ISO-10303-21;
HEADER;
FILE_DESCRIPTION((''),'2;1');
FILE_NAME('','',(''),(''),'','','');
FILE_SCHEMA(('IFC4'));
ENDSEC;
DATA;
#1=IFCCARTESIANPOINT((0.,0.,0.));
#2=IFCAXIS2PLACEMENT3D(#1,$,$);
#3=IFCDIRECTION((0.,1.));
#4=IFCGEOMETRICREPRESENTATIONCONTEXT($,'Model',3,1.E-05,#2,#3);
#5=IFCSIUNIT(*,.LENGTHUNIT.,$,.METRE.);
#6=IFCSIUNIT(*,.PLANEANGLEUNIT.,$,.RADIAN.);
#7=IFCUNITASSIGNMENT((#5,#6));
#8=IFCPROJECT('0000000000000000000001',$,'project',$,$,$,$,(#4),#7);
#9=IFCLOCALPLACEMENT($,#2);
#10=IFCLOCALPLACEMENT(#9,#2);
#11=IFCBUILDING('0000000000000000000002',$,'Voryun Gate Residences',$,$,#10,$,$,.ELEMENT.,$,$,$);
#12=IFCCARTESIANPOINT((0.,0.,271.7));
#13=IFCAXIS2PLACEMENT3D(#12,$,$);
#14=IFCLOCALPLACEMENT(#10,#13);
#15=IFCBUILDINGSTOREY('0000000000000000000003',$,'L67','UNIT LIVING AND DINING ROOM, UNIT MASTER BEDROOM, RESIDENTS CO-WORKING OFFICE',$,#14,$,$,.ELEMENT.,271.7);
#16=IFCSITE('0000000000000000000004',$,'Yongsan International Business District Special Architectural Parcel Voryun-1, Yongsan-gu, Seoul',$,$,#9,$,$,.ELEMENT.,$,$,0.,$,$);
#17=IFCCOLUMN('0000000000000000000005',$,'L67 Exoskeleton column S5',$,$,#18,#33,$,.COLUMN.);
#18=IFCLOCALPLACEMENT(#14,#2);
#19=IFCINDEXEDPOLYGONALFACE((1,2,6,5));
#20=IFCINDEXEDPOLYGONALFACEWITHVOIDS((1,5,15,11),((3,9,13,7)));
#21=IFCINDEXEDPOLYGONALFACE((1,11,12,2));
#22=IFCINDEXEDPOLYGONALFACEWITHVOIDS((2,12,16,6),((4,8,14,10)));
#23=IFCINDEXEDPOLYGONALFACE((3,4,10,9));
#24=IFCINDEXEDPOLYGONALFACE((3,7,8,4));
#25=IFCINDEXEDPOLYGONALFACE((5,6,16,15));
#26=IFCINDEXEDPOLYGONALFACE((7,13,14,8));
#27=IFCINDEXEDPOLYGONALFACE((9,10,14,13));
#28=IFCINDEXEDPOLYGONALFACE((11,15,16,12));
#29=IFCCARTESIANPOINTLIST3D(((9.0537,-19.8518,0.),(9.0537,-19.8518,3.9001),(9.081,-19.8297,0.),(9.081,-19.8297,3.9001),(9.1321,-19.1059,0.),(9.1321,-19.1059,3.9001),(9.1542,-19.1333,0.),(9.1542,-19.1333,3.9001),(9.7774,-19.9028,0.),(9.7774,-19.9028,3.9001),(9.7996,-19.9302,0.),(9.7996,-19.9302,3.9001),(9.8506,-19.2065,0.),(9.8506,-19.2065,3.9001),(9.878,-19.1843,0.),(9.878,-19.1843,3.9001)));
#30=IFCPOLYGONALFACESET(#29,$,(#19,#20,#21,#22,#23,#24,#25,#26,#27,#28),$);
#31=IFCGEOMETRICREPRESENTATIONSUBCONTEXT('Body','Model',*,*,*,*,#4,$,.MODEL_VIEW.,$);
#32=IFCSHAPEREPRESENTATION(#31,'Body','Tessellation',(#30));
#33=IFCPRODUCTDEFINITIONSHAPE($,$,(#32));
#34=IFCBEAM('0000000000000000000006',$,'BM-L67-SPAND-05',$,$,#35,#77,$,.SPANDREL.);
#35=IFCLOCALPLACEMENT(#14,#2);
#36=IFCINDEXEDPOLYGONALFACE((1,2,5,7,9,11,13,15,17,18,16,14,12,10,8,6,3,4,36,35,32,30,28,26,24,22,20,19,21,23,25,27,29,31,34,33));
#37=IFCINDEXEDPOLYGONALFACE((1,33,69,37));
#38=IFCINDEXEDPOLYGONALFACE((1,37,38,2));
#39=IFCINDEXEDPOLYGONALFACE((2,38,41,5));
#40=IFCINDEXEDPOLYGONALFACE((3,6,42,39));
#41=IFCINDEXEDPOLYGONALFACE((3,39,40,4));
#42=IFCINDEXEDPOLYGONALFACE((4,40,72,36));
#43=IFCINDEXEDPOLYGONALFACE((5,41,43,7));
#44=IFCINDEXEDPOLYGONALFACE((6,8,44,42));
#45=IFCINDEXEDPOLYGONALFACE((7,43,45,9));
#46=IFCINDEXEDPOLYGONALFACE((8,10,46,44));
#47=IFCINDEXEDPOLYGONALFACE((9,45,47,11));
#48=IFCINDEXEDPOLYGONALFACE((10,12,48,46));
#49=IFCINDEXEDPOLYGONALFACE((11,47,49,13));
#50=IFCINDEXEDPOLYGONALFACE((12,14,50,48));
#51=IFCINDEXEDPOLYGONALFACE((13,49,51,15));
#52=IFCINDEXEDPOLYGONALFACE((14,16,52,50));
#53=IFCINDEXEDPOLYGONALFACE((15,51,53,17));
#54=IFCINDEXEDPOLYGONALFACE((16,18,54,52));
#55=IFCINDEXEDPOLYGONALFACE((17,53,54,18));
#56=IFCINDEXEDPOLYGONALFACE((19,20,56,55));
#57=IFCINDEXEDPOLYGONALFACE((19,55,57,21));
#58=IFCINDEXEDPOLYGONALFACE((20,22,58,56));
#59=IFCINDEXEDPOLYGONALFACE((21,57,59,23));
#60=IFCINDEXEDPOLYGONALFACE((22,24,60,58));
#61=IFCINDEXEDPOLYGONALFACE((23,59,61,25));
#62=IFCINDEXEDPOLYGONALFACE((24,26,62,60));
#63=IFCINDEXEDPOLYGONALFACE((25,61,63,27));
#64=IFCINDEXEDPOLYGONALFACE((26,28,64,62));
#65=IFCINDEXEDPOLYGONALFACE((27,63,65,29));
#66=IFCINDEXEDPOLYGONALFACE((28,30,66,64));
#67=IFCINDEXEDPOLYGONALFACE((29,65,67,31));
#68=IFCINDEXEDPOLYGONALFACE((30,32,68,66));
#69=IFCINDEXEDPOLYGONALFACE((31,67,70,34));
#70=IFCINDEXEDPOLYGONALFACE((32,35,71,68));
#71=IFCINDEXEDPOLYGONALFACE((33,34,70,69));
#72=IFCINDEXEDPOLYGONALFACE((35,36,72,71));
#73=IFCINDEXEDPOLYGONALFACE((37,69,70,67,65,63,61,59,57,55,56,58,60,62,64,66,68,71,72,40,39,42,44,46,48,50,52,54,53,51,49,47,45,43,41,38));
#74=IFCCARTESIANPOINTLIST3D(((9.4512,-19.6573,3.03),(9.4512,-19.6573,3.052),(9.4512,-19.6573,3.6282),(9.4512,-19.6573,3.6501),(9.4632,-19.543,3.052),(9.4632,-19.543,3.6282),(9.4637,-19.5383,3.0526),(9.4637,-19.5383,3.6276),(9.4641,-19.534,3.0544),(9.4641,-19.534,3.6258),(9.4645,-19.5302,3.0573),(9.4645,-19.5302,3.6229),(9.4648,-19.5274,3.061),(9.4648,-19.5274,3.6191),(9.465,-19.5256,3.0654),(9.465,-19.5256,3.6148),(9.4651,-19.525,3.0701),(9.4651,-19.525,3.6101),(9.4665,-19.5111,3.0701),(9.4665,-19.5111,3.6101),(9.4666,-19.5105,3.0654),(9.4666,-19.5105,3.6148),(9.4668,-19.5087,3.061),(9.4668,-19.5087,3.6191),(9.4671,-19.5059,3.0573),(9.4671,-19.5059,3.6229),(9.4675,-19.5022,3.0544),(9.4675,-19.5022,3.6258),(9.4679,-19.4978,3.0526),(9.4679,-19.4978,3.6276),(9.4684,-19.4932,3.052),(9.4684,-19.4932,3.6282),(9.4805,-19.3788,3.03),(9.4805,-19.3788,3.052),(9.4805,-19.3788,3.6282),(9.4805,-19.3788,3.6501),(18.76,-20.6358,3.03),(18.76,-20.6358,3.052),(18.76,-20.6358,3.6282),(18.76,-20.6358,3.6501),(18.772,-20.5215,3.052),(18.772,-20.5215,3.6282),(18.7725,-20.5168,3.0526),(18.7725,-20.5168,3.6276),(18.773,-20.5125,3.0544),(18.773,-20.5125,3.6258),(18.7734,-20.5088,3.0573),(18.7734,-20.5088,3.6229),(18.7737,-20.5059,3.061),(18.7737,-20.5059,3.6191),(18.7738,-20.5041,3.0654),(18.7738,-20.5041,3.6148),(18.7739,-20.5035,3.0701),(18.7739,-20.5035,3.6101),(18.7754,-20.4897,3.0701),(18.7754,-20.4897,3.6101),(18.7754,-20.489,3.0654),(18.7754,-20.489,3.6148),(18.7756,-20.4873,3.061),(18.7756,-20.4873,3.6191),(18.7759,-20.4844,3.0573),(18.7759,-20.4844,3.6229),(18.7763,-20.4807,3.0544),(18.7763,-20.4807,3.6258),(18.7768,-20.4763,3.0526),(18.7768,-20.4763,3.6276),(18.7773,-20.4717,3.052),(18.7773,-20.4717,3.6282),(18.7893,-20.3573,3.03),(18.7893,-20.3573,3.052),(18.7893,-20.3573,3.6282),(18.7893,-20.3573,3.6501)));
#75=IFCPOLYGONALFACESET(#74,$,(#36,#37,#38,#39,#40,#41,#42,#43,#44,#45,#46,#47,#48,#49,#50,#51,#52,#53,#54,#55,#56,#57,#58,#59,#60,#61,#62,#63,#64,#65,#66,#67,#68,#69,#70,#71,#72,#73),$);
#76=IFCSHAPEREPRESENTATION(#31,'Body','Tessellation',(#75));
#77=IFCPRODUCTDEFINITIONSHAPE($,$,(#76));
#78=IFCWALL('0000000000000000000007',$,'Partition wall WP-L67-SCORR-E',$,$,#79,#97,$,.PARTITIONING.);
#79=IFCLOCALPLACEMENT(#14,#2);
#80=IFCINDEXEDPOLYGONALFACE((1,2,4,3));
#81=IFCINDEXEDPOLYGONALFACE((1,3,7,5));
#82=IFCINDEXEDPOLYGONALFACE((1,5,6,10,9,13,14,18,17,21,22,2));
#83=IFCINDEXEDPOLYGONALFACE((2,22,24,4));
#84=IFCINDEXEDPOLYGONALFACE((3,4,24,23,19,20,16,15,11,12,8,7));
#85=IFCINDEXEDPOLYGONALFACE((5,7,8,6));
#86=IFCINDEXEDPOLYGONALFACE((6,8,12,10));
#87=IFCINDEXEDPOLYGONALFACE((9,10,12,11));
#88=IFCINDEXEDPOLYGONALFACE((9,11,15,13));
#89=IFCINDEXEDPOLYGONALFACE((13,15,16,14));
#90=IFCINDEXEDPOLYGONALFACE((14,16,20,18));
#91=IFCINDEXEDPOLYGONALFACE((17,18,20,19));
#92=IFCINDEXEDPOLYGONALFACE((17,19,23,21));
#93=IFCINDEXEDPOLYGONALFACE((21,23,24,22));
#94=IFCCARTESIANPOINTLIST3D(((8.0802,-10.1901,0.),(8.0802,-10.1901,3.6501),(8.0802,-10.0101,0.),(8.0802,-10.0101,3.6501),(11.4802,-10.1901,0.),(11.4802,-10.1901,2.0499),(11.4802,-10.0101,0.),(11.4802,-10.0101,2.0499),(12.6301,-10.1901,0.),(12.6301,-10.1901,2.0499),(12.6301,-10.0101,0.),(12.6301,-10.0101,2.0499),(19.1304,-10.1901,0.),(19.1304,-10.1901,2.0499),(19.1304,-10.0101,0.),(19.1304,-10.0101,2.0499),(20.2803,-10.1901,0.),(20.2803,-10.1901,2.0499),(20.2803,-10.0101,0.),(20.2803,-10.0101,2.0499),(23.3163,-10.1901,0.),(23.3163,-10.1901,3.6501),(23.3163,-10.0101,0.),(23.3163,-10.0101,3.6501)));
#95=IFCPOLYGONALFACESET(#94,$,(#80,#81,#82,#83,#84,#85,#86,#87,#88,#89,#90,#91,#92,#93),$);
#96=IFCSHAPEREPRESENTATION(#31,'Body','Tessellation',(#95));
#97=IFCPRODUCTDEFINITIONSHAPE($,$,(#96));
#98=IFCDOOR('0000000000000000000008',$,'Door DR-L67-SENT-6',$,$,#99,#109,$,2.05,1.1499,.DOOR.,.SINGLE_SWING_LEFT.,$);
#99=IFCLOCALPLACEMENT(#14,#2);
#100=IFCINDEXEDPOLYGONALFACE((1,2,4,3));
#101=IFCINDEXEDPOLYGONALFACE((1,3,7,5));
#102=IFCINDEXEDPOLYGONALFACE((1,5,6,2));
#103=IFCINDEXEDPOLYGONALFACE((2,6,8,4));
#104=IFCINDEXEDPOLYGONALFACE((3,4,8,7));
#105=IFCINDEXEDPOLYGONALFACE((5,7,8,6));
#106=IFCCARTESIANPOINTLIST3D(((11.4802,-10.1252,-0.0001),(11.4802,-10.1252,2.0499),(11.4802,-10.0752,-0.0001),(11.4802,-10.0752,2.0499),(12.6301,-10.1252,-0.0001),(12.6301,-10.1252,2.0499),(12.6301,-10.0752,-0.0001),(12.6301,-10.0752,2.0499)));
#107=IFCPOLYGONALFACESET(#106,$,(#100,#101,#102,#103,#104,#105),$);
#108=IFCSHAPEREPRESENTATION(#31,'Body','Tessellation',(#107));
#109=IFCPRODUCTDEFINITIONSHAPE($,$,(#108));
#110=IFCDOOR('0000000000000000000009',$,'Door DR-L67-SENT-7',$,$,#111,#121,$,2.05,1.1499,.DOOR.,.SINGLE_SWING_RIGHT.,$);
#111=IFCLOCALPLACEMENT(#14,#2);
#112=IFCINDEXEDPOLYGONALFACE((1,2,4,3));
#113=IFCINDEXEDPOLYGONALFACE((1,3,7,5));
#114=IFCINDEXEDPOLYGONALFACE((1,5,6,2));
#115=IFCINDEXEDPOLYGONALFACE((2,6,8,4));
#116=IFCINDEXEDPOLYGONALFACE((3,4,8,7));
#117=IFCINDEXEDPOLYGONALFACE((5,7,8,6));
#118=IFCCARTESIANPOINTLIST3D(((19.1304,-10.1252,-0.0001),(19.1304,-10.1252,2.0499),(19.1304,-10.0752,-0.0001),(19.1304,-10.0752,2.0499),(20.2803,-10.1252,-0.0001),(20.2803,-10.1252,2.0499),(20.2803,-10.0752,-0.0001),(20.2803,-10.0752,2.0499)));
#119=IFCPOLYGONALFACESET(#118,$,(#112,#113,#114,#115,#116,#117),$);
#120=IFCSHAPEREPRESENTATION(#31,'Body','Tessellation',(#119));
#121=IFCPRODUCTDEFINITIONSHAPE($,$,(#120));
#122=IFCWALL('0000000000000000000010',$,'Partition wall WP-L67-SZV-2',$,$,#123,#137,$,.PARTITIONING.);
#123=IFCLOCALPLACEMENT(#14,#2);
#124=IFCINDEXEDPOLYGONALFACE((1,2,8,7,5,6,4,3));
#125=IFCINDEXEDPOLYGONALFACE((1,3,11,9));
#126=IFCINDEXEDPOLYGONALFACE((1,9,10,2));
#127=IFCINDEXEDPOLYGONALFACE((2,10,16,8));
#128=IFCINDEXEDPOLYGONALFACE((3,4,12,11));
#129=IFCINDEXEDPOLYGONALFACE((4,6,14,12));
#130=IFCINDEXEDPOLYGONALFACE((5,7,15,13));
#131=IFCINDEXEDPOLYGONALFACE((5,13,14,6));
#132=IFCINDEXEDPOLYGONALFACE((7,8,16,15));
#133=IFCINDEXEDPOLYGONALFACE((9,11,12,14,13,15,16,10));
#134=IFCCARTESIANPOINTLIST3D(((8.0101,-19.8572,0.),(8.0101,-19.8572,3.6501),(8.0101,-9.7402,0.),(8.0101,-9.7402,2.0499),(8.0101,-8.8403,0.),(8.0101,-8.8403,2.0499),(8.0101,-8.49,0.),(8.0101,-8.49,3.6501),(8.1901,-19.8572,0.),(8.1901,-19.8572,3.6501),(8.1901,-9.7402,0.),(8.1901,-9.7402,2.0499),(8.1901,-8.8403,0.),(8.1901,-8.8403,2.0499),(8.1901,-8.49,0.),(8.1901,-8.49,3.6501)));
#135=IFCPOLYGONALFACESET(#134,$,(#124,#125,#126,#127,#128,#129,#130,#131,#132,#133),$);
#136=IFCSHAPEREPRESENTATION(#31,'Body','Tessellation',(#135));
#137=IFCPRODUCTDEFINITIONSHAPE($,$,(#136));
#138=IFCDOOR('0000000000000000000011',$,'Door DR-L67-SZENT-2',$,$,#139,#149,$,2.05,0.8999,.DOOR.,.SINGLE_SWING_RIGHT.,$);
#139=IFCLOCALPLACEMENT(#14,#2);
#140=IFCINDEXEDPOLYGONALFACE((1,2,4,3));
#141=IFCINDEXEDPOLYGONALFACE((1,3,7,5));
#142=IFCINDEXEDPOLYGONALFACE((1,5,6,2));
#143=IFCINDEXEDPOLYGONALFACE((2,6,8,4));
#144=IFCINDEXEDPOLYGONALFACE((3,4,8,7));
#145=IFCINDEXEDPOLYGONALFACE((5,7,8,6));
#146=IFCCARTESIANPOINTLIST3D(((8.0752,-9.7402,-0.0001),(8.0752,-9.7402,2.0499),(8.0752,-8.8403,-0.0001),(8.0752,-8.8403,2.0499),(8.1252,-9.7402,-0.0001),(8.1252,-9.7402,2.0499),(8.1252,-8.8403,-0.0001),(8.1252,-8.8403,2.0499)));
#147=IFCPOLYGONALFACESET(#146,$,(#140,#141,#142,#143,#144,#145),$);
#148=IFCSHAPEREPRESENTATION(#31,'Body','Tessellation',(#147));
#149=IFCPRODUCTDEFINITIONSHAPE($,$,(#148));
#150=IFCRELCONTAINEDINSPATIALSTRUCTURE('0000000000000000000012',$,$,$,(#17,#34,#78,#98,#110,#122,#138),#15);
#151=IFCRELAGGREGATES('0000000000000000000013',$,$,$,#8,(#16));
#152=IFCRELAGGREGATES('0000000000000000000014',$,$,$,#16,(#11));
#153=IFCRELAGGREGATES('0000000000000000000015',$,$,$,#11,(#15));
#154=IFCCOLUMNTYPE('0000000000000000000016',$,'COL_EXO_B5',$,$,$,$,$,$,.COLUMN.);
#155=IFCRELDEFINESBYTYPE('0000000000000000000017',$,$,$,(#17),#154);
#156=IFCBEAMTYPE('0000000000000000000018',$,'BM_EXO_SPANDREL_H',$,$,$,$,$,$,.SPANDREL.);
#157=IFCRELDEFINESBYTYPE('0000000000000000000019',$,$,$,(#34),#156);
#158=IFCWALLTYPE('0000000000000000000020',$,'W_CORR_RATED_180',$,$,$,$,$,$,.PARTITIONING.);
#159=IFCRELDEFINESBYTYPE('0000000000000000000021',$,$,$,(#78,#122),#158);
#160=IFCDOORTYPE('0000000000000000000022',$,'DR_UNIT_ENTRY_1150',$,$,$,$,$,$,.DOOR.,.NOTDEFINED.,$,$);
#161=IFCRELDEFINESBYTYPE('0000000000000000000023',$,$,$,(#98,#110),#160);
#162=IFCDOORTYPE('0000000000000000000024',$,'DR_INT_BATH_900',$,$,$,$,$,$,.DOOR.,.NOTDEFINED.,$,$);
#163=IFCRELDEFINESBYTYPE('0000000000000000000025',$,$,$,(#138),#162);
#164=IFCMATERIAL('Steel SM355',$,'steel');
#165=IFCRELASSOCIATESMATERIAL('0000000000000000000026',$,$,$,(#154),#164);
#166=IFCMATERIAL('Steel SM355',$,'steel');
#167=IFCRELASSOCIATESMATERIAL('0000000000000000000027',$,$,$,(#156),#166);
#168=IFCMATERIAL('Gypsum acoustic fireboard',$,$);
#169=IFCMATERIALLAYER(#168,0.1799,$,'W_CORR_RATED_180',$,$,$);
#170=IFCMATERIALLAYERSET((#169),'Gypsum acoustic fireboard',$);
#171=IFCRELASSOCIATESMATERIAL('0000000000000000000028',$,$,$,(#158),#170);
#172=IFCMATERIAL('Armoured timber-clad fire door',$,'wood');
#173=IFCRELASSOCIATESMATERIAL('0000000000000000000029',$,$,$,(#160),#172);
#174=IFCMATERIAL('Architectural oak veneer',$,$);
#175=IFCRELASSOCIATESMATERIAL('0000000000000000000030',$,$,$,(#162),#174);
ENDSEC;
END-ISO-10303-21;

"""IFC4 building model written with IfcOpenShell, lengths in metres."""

from ifc_helpers import new_model, si_unit, direction, frame, frame_2d, origin, origin_2d, place, context, subcontext, project, spatial, rectangle, hollow_rectangle, i_section, extrude, material, layer, layer_set, material_profile, profile_set, type_object, element, fill, save


model = new_model("IFC4")

# Units and contexts
model_context = context("Model", 3, precision=1e-05, world=origin(), true_north=direction((0.0, 1.0)))
body_context = subcontext(model_context, "Body", "Model", "MODEL_VIEW")
ifc_project = project(units=[si_unit("LENGTHUNIT", "METRE"), si_unit("PLANEANGLEUNIT", "RADIAN")], contexts=[model_context])

# Site, building, storey
site_placement = place(None, origin())
site = spatial("IfcSite", under=ifc_project, at=site_placement, Name="Yongsan International Business District Special Architectural Parcel Voryun-1, Yongsan-gu, Seoul", CompositionType="ELEMENT", RefElevation=0.0)
building_placement = place(site_placement, origin())
building = spatial("IfcBuilding", under=site, at=building_placement, Name="Voryun Gate Residences", CompositionType="ELEMENT")
storey_placement = place(building_placement, frame((0.0, 0.0, 271.7)))
storey = spatial("IfcBuildingStorey", under=building, at=storey_placement, Name="L67", Description="UNIT LIVING AND DINING ROOM, UNIT MASTER BEDROOM, RESIDENTS CO-WORKING OFFICE", CompositionType="ELEMENT", Elevation=271.7)

# Column
ifc_material_1 = material(Name="Steel SM355", Category="steel")
ifc_material_profile_1 = material_profile(ifc_material_1, hollow_rectangle(XDim=0.75, YDim=0.75, WallThickness=0.0249, at=origin_2d()), Name="BOX-750x750x25")
ifc_profile_set_1 = profile_set([ifc_material_profile_1], Name="Steel SM355")
column_type = type_object("IfcColumnType", Name="COL_EXO_B5", PredefinedType="COLUMN", material=ifc_profile_set_1)
column_placement = place(storey_placement, frame((9.4658, -19.5181, 0.0), z_axis=(0.0, 0.0, 1.0), x_axis=(0.994522, -0.104528, 0.0)))
element("IfcColumn", 1, at=column_placement, inside=storey, type_object=column_type, Name="L67 Exoskeleton column S5", PredefinedType="COLUMN", context=body_context, shape_type="SweptSolid", body=[
    extrude(hollow_rectangle(XDim=0.75, YDim=0.75, WallThickness=0.0249, at=origin_2d()), origin(), (0.0, 0.0, 1.0), 3.9001),
])

# Beam
ifc_material_2 = material(Name="Steel SM355", Category="steel")
ifc_material_profile_2 = material_profile(ifc_material_2, i_section(OverallWidth=0.28, OverallDepth=0.6201, WebThickness=0.0139, FlangeThickness=0.022, FilletRadius=0.0181, at=origin_2d()), Name="H-620x280x14x22")
ifc_profile_set_2 = profile_set([ifc_material_profile_2], Name="Steel SM355")
beam_type = type_object("IfcBeamType", Name="BM_EXO_SPANDREL_H", PredefinedType="SPANDREL", material=ifc_profile_set_2)
beam_placement = place(storey_placement, frame((9.4658, -19.5181, 3.3401), z_axis=(0.994521, -0.104541, 0.0), x_axis=(0.104541, 0.994521, 0.0)))
element("IfcBeam", 2, at=beam_placement, inside=storey, type_object=beam_type, Name="BM-L67-SPAND-05", PredefinedType="SPANDREL", context=body_context, shape_type="SweptSolid", body=[
    extrude(i_section(OverallWidth=0.28, OverallDepth=0.6201, WebThickness=0.0139, FlangeThickness=0.022, FilletRadius=0.0181, at=origin_2d()), origin(), (0.0, 0.0, 1.0), 9.3601),
])

# Wall, openings, doors
ifc_material_3 = material(Name="Gypsum acoustic fireboard")
ifc_layer_1 = layer(ifc_material_3, 0.1799, Name="W_CORR_RATED_180")
ifc_layer_set_1 = layer_set([ifc_layer_1], Name="Gypsum acoustic fireboard")
wall_type_1 = type_object("IfcWallType", Name="W_CORR_RATED_180", PredefinedType="PARTITIONING", material=ifc_layer_set_1)
wall_1_placement = place(storey_placement, frame((8.0801, -10.1001, 0.0), z_axis=(0.0, 0.0, 1.0), x_axis=(1.0, 0.0, 0.0)))
wall_1 = element("IfcWall", 3, at=wall_1_placement, inside=storey, type_object=wall_type_1, Name="Partition wall WP-L67-SCORR-E", PredefinedType="PARTITIONING", context=body_context, shape_type="SweptSolid", body=[
    extrude(rectangle(XDim=15.2361, YDim=0.1799, at=frame_2d((7.6182, 0.0))), origin(), (0.0, 0.0, 1.0), 3.6501),
])
opening_1_placement = place(wall_1_placement, frame((3.4001, 0.0, 0.0)))
opening_1 = element("IfcOpeningElement", 4, at=opening_1_placement, cuts=wall_1, PredefinedType="OPENING", context=body_context, shape_type="SweptSolid", body=[
    extrude(rectangle(XDim=1.1499, YDim=2.05, at=frame_2d((0.575, 1.0249))), frame((0.0, 0.0999, 0.0), z_axis=(0.0, -1.0, 0.0), x_axis=(1.0, 0.0, 0.0)), (0.0, 0.0, 1.0), 0.2),
])
opening_2_placement = place(wall_1_placement, frame((11.0503, 0.0, 0.0)))
opening_2 = element("IfcOpeningElement", 5, at=opening_2_placement, cuts=wall_1, PredefinedType="OPENING", context=body_context, shape_type="SweptSolid", body=[
    extrude(rectangle(XDim=1.1499, YDim=2.05, at=frame_2d((0.575, 1.0249))), frame((0.0, 0.0999, 0.0), z_axis=(0.0, -1.0, 0.0), x_axis=(1.0, 0.0, 0.0)), (0.0, 0.0, 1.0), 0.2),
])
ifc_material_4 = material(Name="Armoured timber-clad fire door", Category="wood")
door_type_1 = type_object("IfcDoorType", Name="DR_UNIT_ENTRY_1150", OperationType="NOTDEFINED", PredefinedType="DOOR", material=ifc_material_4)
door_1_placement = place(opening_1_placement, origin())
door_1 = element("IfcDoor", 6, at=door_1_placement, inside=storey, type_object=door_type_1, Name="Door DR-L67-SENT-6", OperationType="SINGLE_SWING_LEFT", OverallHeight=2.05, OverallWidth=1.1499, PredefinedType="DOOR", context=body_context, shape_type="SweptSolid", body=[
    extrude(rectangle(XDim=1.1499, YDim=2.05, at=frame_2d((0.575, 1.0249))), frame((0.0, 0.0249, 0.0), z_axis=(0.0, -1.0, 0.0), x_axis=(1.0, 0.0, 0.0)), (0.0, 0.0, 1.0), 0.05),
])
fill(opening_1, door_1)
door_2_placement = place(opening_2_placement, origin())
door_2 = element("IfcDoor", 7, at=door_2_placement, inside=storey, type_object=door_type_1, Name="Door DR-L67-SENT-7", OperationType="SINGLE_SWING_RIGHT", OverallHeight=2.05, OverallWidth=1.1499, PredefinedType="DOOR", context=body_context, shape_type="SweptSolid", body=[
    extrude(rectangle(XDim=1.1499, YDim=2.05, at=frame_2d((0.575, 1.0249))), frame((0.0, 0.0249, 0.0), z_axis=(0.0, -1.0, 0.0), x_axis=(1.0, 0.0, 0.0)), (0.0, 0.0, 1.0), 0.05),
])
fill(opening_2, door_2)

# Wall, opening, door
wall_2_placement = place(storey_placement, frame((8.1001, -19.8572, 0.0), z_axis=(0.0, 0.0, 1.0), x_axis=(0.0, 1.0, 0.0)))
wall_2 = element("IfcWall", 8, at=wall_2_placement, inside=storey, type_object=wall_type_1, Name="Partition wall WP-L67-SZV-2", PredefinedType="PARTITIONING", context=body_context, shape_type="SweptSolid", body=[
    extrude(rectangle(XDim=11.3672, YDim=0.1799, at=frame_2d((5.6836, 0.0))), origin(), (0.0, 0.0, 1.0), 3.6501),
])
opening_3_placement = place(wall_2_placement, frame((10.1169, 0.0, 0.0)))
opening_3 = element("IfcOpeningElement", 9, at=opening_3_placement, cuts=wall_2, PredefinedType="OPENING", context=body_context, shape_type="SweptSolid", body=[
    extrude(rectangle(XDim=0.8999, YDim=2.05, at=frame_2d((0.45, 1.0249))), frame((0.0, 0.0999, 0.0), z_axis=(0.0, -1.0, 0.0), x_axis=(1.0, 0.0, 0.0)), (0.0, 0.0, 1.0), 0.2),
])
ifc_material_5 = material(Name="Architectural oak veneer")
door_type_2 = type_object("IfcDoorType", Name="DR_INT_BATH_900", OperationType="NOTDEFINED", PredefinedType="DOOR", material=ifc_material_5)
door_3_placement = place(opening_3_placement, origin())
door_3 = element("IfcDoor", 10, at=door_3_placement, inside=storey, type_object=door_type_2, Name="Door DR-L67-SZENT-2", OperationType="SINGLE_SWING_RIGHT", OverallHeight=2.05, OverallWidth=0.8999, PredefinedType="DOOR", context=body_context, shape_type="SweptSolid", body=[
    extrude(rectangle(XDim=0.8999, YDim=2.05, at=frame_2d((0.45, 1.0249))), frame((0.0, 0.0249, 0.0), z_axis=(0.0, -1.0, 0.0), x_axis=(1.0, 0.0, 0.0)), (0.0, 0.0, 1.0), 0.05),
])
fill(opening_3, door_3)

save(model, "model.ifc")
